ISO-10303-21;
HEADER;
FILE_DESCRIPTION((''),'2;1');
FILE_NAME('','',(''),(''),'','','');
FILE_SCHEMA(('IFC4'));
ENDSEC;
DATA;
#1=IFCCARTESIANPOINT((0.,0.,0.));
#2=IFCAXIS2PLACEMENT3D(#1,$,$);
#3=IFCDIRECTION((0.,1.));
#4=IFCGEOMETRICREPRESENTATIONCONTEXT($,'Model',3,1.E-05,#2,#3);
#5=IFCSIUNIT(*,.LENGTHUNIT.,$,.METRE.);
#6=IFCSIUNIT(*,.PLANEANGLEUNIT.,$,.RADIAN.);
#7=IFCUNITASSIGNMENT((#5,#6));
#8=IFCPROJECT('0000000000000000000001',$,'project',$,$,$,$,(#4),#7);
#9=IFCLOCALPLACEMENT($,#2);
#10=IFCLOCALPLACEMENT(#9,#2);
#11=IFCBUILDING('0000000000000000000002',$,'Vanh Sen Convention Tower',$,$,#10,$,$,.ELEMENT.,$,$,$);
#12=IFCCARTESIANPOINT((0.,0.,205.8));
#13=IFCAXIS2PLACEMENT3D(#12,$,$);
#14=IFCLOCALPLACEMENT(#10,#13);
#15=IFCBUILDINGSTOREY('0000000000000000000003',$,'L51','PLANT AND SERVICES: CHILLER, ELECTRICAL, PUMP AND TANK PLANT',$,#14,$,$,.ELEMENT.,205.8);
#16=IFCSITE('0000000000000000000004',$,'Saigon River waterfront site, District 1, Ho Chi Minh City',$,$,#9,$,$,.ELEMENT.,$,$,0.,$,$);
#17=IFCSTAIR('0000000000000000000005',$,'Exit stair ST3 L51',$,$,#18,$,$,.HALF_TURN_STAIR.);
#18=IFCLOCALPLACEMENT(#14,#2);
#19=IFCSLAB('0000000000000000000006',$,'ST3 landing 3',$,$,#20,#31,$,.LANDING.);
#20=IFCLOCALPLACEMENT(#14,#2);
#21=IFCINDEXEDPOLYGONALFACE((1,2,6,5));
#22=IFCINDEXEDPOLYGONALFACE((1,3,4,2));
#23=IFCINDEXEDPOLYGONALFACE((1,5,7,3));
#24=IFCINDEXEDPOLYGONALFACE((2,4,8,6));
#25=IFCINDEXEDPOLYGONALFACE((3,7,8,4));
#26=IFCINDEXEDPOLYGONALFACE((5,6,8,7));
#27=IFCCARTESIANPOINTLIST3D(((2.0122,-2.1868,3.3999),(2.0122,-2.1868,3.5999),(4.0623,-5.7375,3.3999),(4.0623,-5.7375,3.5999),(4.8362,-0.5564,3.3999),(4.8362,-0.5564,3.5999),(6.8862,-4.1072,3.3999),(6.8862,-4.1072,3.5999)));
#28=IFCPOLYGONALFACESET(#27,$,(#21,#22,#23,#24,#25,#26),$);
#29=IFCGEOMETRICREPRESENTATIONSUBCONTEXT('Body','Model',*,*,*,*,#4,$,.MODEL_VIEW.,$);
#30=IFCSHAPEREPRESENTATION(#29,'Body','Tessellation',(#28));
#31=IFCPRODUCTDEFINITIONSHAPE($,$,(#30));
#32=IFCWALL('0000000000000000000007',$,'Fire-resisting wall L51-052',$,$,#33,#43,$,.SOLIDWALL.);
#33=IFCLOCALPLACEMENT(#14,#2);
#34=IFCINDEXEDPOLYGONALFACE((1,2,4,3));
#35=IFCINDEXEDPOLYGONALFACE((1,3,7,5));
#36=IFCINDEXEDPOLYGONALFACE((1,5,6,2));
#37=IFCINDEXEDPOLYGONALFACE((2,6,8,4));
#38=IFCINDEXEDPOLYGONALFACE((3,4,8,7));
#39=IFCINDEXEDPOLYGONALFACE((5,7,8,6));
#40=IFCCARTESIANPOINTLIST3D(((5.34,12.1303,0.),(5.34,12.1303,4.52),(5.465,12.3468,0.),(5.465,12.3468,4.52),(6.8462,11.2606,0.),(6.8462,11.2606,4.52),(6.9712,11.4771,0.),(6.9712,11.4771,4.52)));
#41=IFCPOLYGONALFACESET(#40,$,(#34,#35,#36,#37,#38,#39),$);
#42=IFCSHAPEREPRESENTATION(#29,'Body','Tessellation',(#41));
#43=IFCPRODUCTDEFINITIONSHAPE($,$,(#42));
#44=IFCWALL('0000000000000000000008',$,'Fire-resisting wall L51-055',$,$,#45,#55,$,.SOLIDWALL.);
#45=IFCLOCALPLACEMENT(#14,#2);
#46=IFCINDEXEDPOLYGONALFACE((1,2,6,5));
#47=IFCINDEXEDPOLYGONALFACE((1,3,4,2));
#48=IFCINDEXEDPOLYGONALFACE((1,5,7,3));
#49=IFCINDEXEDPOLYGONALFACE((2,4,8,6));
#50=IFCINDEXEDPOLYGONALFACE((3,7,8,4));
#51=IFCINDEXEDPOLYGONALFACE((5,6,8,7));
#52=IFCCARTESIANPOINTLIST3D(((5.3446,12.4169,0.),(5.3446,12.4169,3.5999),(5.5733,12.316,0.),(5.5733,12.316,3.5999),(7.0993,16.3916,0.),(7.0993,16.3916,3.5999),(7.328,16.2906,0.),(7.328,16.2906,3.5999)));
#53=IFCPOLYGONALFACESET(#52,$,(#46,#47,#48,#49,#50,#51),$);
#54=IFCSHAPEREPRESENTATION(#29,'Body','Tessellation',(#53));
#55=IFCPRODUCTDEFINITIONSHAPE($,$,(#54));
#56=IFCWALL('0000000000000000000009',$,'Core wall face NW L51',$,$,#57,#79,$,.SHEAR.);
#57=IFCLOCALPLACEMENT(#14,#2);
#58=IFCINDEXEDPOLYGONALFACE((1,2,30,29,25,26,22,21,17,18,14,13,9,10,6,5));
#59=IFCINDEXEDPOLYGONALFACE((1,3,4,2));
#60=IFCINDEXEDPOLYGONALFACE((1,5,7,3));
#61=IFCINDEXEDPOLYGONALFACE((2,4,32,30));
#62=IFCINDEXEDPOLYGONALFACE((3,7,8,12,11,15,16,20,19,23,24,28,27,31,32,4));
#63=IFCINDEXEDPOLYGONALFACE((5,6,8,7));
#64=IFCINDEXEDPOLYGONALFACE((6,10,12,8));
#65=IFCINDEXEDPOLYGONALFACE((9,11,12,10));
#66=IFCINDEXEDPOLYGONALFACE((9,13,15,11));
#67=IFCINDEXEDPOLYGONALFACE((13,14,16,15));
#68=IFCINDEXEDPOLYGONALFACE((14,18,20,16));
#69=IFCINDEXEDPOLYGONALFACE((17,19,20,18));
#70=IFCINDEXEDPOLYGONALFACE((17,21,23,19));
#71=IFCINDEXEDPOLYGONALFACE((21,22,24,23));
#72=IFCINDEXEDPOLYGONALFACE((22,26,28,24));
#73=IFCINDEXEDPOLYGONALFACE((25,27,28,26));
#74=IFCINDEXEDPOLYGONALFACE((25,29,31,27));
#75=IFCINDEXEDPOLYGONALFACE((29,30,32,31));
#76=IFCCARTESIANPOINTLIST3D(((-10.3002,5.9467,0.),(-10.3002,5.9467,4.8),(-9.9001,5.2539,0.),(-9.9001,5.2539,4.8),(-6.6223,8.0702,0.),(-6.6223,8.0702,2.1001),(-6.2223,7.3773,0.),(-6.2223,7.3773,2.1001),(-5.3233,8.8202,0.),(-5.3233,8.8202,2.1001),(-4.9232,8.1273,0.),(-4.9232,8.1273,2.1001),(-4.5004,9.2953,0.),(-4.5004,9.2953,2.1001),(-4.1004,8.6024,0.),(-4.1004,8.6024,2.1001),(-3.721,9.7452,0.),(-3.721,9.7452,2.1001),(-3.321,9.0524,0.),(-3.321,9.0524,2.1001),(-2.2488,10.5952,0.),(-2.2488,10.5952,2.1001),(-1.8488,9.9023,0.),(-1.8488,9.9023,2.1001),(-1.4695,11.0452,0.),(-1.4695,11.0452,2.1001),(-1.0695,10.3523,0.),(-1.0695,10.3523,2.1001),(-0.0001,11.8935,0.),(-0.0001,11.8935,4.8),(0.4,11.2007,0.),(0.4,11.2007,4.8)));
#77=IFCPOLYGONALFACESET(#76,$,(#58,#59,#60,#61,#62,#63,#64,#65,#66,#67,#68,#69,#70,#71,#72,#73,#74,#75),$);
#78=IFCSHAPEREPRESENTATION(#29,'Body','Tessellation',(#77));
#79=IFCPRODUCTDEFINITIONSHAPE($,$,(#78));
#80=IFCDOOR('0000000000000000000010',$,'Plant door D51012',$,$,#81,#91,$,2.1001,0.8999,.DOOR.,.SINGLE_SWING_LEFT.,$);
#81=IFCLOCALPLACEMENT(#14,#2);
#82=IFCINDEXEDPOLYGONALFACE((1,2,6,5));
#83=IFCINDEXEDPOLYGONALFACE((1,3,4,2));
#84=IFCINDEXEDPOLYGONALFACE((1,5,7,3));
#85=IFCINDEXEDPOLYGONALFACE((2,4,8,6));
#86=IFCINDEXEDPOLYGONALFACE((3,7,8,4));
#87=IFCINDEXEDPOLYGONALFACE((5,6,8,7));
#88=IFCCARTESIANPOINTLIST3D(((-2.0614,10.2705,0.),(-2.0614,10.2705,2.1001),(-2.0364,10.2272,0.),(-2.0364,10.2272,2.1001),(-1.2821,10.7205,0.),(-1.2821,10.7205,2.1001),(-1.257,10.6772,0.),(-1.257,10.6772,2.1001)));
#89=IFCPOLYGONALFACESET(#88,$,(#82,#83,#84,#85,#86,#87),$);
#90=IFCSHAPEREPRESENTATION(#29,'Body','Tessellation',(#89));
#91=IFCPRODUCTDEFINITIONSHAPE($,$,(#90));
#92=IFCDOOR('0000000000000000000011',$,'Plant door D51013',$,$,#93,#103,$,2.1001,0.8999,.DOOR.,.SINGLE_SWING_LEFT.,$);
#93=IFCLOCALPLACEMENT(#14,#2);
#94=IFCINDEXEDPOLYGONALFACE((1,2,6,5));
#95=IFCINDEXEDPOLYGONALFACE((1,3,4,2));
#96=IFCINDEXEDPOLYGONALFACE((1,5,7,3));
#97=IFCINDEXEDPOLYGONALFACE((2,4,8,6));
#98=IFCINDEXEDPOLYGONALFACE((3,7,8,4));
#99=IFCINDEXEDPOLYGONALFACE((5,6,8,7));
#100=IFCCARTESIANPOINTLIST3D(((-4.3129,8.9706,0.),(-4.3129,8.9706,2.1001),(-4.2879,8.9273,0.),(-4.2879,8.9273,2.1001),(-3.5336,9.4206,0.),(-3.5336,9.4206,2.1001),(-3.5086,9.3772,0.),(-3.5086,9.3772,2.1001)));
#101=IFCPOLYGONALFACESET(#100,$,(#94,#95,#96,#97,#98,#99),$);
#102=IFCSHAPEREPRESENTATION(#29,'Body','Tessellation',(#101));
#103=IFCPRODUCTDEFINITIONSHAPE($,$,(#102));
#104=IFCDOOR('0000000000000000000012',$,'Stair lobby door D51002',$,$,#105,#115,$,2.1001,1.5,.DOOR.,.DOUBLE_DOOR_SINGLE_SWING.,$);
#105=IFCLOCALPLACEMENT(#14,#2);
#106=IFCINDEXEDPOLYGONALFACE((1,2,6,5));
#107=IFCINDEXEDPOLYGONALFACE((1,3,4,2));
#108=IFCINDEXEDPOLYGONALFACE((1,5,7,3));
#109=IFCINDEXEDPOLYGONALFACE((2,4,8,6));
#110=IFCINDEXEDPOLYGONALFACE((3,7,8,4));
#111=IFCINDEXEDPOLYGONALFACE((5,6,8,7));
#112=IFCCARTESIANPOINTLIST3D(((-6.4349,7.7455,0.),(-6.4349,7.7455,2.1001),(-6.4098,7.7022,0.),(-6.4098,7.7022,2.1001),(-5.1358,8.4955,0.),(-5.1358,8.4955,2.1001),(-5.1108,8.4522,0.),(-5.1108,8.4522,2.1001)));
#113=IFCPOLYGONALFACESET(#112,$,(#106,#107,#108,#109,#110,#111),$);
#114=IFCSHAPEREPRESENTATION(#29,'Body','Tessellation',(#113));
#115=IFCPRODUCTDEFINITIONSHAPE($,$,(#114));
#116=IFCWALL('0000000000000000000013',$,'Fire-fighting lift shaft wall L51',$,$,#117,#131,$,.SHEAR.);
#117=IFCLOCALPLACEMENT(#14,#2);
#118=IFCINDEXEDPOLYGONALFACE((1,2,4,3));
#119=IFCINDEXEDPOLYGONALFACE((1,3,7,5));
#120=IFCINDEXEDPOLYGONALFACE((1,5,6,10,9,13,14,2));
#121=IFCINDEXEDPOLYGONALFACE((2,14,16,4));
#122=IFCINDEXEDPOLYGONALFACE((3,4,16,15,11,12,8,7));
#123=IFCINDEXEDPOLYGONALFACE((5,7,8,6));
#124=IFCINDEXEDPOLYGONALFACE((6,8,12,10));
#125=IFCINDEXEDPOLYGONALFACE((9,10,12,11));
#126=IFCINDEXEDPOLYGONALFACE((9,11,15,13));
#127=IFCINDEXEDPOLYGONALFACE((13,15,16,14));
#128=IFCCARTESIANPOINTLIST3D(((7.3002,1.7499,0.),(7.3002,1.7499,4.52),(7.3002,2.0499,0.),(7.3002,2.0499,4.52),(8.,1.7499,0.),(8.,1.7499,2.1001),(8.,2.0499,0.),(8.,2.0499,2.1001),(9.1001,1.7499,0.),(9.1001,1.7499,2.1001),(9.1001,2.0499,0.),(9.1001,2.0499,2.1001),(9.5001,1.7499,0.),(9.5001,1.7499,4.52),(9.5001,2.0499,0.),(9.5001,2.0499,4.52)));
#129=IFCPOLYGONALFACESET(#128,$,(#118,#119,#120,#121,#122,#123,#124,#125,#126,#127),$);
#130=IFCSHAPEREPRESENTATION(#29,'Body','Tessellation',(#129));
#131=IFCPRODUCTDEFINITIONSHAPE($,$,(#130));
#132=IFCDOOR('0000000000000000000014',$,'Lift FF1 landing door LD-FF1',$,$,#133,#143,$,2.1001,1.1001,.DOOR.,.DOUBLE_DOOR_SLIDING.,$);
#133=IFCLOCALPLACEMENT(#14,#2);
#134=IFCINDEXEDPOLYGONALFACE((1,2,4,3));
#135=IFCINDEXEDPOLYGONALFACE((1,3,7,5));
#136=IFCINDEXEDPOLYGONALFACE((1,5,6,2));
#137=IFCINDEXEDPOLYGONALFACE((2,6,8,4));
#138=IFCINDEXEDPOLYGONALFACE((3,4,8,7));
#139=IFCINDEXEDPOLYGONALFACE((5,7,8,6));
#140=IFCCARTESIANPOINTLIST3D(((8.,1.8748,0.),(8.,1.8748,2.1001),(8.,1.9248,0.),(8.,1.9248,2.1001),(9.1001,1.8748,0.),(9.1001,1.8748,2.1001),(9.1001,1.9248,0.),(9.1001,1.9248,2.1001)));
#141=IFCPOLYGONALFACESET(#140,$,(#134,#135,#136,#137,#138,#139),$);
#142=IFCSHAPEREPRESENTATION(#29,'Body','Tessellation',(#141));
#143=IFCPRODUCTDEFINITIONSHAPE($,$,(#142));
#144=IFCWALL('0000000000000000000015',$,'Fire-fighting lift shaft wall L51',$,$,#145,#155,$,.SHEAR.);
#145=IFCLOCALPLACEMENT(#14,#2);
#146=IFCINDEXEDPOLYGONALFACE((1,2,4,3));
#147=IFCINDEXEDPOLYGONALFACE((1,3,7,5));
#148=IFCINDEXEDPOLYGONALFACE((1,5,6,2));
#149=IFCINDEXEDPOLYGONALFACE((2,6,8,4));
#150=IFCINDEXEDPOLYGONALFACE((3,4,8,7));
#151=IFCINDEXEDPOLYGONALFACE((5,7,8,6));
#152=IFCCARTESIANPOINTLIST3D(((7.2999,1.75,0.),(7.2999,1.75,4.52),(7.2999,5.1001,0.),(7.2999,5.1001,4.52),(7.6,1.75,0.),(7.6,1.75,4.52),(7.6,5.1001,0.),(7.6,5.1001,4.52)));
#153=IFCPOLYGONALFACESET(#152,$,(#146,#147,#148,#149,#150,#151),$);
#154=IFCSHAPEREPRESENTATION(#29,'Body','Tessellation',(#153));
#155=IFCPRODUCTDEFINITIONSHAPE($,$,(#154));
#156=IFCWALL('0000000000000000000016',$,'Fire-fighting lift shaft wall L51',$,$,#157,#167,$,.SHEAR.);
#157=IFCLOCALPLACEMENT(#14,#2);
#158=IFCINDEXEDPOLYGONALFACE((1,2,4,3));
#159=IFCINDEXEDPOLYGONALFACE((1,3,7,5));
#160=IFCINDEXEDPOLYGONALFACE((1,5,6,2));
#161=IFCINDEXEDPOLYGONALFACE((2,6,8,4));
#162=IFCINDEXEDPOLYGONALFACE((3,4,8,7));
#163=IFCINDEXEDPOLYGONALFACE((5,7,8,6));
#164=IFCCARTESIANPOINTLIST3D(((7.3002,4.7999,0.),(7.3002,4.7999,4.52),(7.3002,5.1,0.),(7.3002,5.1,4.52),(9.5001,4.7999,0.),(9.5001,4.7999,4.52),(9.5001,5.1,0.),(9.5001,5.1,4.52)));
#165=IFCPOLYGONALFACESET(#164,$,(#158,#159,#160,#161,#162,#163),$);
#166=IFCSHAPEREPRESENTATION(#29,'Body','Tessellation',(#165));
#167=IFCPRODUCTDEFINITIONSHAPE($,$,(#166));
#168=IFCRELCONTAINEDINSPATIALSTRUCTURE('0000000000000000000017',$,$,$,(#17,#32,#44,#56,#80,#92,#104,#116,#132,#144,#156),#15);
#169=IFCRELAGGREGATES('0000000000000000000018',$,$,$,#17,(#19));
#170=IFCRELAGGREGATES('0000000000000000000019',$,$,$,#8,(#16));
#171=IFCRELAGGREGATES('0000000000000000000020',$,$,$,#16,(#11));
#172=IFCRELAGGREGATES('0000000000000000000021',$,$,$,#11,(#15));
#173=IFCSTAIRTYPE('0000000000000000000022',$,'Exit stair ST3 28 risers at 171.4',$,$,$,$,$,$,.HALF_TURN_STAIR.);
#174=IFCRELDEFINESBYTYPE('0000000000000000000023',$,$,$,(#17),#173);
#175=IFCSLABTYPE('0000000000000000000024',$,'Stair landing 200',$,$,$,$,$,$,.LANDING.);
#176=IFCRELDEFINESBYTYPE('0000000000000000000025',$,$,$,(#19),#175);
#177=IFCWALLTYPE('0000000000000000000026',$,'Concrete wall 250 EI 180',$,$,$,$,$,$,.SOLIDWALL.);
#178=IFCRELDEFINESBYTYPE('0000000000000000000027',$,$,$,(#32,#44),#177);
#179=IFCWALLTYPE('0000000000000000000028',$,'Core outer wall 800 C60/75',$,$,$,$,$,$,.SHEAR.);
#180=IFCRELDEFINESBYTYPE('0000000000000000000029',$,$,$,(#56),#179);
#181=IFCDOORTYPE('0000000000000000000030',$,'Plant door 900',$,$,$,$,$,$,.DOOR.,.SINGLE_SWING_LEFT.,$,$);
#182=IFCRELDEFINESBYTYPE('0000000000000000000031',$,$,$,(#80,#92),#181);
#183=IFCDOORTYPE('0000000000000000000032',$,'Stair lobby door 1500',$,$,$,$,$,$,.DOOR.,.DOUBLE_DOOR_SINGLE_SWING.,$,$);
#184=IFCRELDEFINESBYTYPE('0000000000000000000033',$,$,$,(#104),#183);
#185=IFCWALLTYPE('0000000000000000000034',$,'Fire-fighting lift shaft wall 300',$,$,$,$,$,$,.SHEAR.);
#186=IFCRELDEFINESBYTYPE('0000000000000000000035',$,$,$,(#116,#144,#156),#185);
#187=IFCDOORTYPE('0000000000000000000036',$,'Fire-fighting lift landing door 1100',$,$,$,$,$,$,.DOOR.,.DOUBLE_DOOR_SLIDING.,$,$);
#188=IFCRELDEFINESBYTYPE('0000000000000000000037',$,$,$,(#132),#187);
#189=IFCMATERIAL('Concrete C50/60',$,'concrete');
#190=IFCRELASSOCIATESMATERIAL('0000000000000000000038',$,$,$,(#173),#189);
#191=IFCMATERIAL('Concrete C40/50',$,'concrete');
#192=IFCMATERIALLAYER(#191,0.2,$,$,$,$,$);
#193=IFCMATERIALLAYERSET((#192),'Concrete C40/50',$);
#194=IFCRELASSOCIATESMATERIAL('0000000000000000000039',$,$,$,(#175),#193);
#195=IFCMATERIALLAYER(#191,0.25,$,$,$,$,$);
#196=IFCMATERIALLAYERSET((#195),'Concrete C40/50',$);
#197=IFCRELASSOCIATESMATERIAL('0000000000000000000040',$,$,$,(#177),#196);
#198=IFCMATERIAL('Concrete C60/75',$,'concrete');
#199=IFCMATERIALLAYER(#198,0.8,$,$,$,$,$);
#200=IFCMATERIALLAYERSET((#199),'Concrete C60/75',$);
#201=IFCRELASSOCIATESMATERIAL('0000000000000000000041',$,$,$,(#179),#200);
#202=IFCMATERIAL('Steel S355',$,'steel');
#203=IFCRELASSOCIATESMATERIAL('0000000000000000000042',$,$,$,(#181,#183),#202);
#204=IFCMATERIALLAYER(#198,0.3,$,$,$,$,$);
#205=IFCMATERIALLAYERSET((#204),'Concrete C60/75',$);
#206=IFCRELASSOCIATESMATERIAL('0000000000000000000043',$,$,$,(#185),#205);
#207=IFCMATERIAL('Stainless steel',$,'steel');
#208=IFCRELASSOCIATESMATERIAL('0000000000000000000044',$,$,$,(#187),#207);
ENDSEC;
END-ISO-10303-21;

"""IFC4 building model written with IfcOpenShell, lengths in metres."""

from ifc_helpers import new_model, si_unit, direction, frame, frame_2d, origin, place, context, subcontext, project, spatial, polyline, rectangle, outline, extrude, material, layer, layer_set, type_object, element, fill, aggregate, save


model = new_model("IFC4")

# Units and contexts
model_context = context("Model", 3, precision=1e-05, world=origin(), true_north=direction((0.0, 1.0)))
body_context = subcontext(model_context, "Body", "Model", "MODEL_VIEW")
ifc_project = project(units=[si_unit("LENGTHUNIT", "METRE"), si_unit("PLANEANGLEUNIT", "RADIAN")], contexts=[model_context])

# Site, building, storey
site_placement = place(None, origin())
site = spatial("IfcSite", under=ifc_project, at=site_placement, Name="Saigon River waterfront site, District 1, Ho Chi Minh City", CompositionType="ELEMENT", RefElevation=0.0)
building_placement = place(site_placement, origin())
building = spatial("IfcBuilding", under=site, at=building_placement, Name="Vanh Sen Convention Tower", CompositionType="ELEMENT")
storey_placement = place(building_placement, frame((0.0, 0.0, 205.8)))
storey = spatial("IfcBuildingStorey", under=building, at=storey_placement, Name="L51", Description="PLANT AND SERVICES: CHILLER, ELECTRICAL, PUMP AND TANK PLANT", CompositionType="ELEMENT", Elevation=205.8)

# Stair, slab
ifc_material_1 = material(Name="Concrete C50/60", Category="concrete")
stair_type = type_object("IfcStairType", Name="Exit stair ST3 28 risers at 171.4", PredefinedType="HALF_TURN_STAIR", material=ifc_material_1)
stair_placement = place(storey_placement, origin())
stair = element("IfcStair", 1, at=stair_placement, inside=storey, type_object=stair_type, Name="Exit stair ST3 L51", PredefinedType="HALF_TURN_STAIR")
ifc_material_2 = material(Name="Concrete C40/50", Category="concrete")
ifc_layer_1 = layer(ifc_material_2, 0.2)
ifc_layer_set_1 = layer_set([ifc_layer_1], Name="Concrete C40/50")
slab_type = type_object("IfcSlabType", Name="Stair landing 200", PredefinedType="LANDING", material=ifc_layer_set_1)
slab_placement = place(storey_placement, frame((0.0, 0.0, 3.3999)))
slab = element("IfcSlab", 2, at=slab_placement, type_object=slab_type, Name="ST3 landing 3", PredefinedType="LANDING", context=body_context, shape_type="SweptSolid", body=[
    extrude(outline(polyline([(4.0623, -5.7375), (6.8862, -4.1072), (4.8362, -0.5564), (2.0122, -2.1868), (4.0623, -5.7375)])), origin(), (0.0, 0.0, 1.0), 0.2),
])
aggregate(stair, [slab])

# Walls
ifc_layer_2 = layer(ifc_material_2, 0.25)
ifc_layer_set_2 = layer_set([ifc_layer_2], Name="Concrete C40/50")
wall_type_1 = type_object("IfcWallType", Name="Concrete wall 250 EI 180", PredefinedType="SOLIDWALL", material=ifc_layer_set_2)
wall_1_placement = place(storey_placement, frame((6.9087, 11.3689, 0.0), z_axis=(0.0, 0.0, 1.0), x_axis=(-0.866006, 0.500034, 0.0)))
element("IfcWall", 3, at=wall_1_placement, inside=storey, type_object=wall_type_1, Name="Fire-resisting wall L51-052", PredefinedType="SOLIDWALL", context=body_context, shape_type="SweptSolid", body=[
    extrude(rectangle(XDim=1.7393, YDim=0.25, at=frame_2d((0.8696, 0.0))), origin(), (0.0, 0.0, 1.0), 4.52),
])
wall_2_placement = place(storey_placement, frame((5.459, 12.3665, 0.0), z_axis=(0.0, 0.0, 1.0), x_axis=(0.403859, 0.914821, 0.0)))
element("IfcWall", 4, at=wall_2_placement, inside=storey, type_object=wall_type_1, Name="Fire-resisting wall L51-055", PredefinedType="SOLIDWALL", context=body_context, shape_type="SweptSolid", body=[
    extrude(rectangle(XDim=4.3447, YDim=0.25, at=frame_2d((2.1724, 0.0))), origin(), (0.0, 0.0, 1.0), 3.5999),
])

# Wall, openings, doors
ifc_material_3 = material(Name="Concrete C60/75", Category="concrete")
ifc_layer_3 = layer(ifc_material_3, 0.8)
ifc_layer_set_3 = layer_set([ifc_layer_3], Name="Concrete C60/75")
wall_type_2 = type_object("IfcWallType", Name="Core outer wall 800 C60/75", PredefinedType="SHEAR", material=ifc_layer_set_3)
wall_3_placement = place(storey_placement, frame((0.2, 11.5471, 0.0), z_axis=(0.0, 0.0, 1.0), x_axis=(-0.866024, -0.500003, 0.0)))
wall_3 = element("IfcWall", 5, at=wall_3_placement, inside=storey, type_object=wall_type_2, Name="Core wall face NW L51", PredefinedType="SHEAR", context=body_context, shape_type="SweptSolid", body=[
    extrude(rectangle(XDim=11.8936, YDim=0.8, at=frame_2d((5.9468, 0.0))), origin(), (0.0, 0.0, 1.0), 4.8),
])
opening_1_placement = place(wall_3_placement, frame((6.1467, 0.0, 0.0)))
opening_1 = element("IfcOpeningElement", 6, at=opening_1_placement, cuts=wall_3, PredefinedType="OPENING", context=body_context, shape_type="SweptSolid", body=[
    extrude(rectangle(XDim=1.5, YDim=2.1001, at=frame_2d((0.75, 1.05))), frame((0.0, 0.4099, 0.0), z_axis=(0.0, -1.0, 0.0), x_axis=(1.0, 0.0, 0.0)), (0.0, 0.0, 1.0), 0.8201),
])
opening_2_placement = place(wall_3_placement, frame((1.6968, 0.0, 0.0)))
opening_2 = element("IfcOpeningElement", 7, at=opening_2_placement, cuts=wall_3, PredefinedType="OPENING", context=body_context, shape_type="SweptSolid", body=[
    extrude(rectangle(XDim=0.8999, YDim=2.1001, at=frame_2d((0.45, 1.05))), frame((0.0, 0.4099, 0.0), z_axis=(0.0, -1.0, 0.0), x_axis=(1.0, 0.0, 0.0)), (0.0, 0.0, 1.0), 0.8201),
])
opening_3_placement = place(wall_3_placement, frame((4.2966, 0.0, 0.0)))
opening_3 = element("IfcOpeningElement", 8, at=opening_3_placement, cuts=wall_3, PredefinedType="OPENING", context=body_context, shape_type="SweptSolid", body=[
    extrude(rectangle(XDim=0.8999, YDim=2.1001, at=frame_2d((0.45, 1.05))), frame((0.0, 0.4099, 0.0), z_axis=(0.0, -1.0, 0.0), x_axis=(1.0, 0.0, 0.0)), (0.0, 0.0, 1.0), 0.8201),
])
ifc_material_4 = material(Name="Steel S355", Category="steel")
door_type_1 = type_object("IfcDoorType", Name="Plant door 900", OperationType="SINGLE_SWING_LEFT", PredefinedType="DOOR", material=ifc_material_4)
door_1_placement = place(opening_2_placement, origin())
door_1 = element("IfcDoor", 9, at=door_1_placement, inside=storey, type_object=door_type_1, Name="Plant door D51012", OperationType="SINGLE_SWING_LEFT", OverallHeight=2.1001, OverallWidth=0.8999, PredefinedType="DOOR", context=body_context, shape_type="SweptSolid", body=[
    extrude(rectangle(XDim=0.8999, YDim=2.1001, at=frame_2d((0.45, 1.05))), frame((0.0, 0.0249, 0.0), z_axis=(0.0, -1.0, 0.0), x_axis=(1.0, 0.0, 0.0)), (0.0, 0.0, 1.0), 0.05),
])
fill(opening_2, door_1)
door_2_placement = place(opening_3_placement, origin())
door_2 = element("IfcDoor", 10, at=door_2_placement, inside=storey, type_object=door_type_1, Name="Plant door D51013", OperationType="SINGLE_SWING_LEFT", OverallHeight=2.1001, OverallWidth=0.8999, PredefinedType="DOOR", context=body_context, shape_type="SweptSolid", body=[
    extrude(rectangle(XDim=0.8999, YDim=2.1001, at=frame_2d((0.45, 1.05))), frame((0.0, 0.0249, 0.0), z_axis=(0.0, -1.0, 0.0), x_axis=(1.0, 0.0, 0.0)), (0.0, 0.0, 1.0), 0.05),
])
fill(opening_3, door_2)
door_type_2 = type_object("IfcDoorType", Name="Stair lobby door 1500", OperationType="DOUBLE_DOOR_SINGLE_SWING", PredefinedType="DOOR", material=ifc_material_4)
door_3_placement = place(opening_1_placement, origin())
door_3 = element("IfcDoor", 11, at=door_3_placement, inside=storey, type_object=door_type_2, Name="Stair lobby door D51002", OperationType="DOUBLE_DOOR_SINGLE_SWING", OverallHeight=2.1001, OverallWidth=1.5, PredefinedType="DOOR", context=body_context, shape_type="SweptSolid", body=[
    extrude(rectangle(XDim=1.5, YDim=2.1001, at=frame_2d((0.75, 1.05))), frame((0.0, 0.0249, 0.0), z_axis=(0.0, -1.0, 0.0), x_axis=(1.0, 0.0, 0.0)), (0.0, 0.0, 1.0), 0.05),
])
fill(opening_1, door_3)

# Wall, opening, door
ifc_layer_4 = layer(ifc_material_3, 0.3)
ifc_layer_set_4 = layer_set([ifc_layer_4], Name="Concrete C60/75")
wall_type_3 = type_object("IfcWallType", Name="Fire-fighting lift shaft wall 300", PredefinedType="SHEAR", material=ifc_layer_set_4)
wall_4_placement = place(storey_placement, frame((7.3, 1.8999, 0.0), z_axis=(0.0, 0.0, 1.0), x_axis=(1.0, 0.0, 0.0)))
wall_4 = element("IfcWall", 12, at=wall_4_placement, inside=storey, type_object=wall_type_3, Name="Fire-fighting lift shaft wall L51", PredefinedType="SHEAR", context=body_context, shape_type="SweptSolid", body=[
    extrude(rectangle(XDim=2.2, YDim=0.3, at=frame_2d((1.1001, 0.0))), origin(), (0.0, 0.0, 1.0), 4.52),
])
opening_4_placement = place(wall_4_placement, frame((0.7, 0.0, 0.0)))
opening_4 = element("IfcOpeningElement", 13, at=opening_4_placement, cuts=wall_4, PredefinedType="OPENING", context=body_context, shape_type="SweptSolid", body=[
    extrude(rectangle(XDim=1.1001, YDim=2.1001, at=frame_2d((0.55, 1.05))), frame((0.0, 0.1599, 0.0), z_axis=(0.0, -1.0, 0.0), x_axis=(1.0, 0.0, 0.0)), (0.0, 0.0, 1.0), 0.3201),
])
ifc_material_5 = material(Name="Stainless steel", Category="steel")
door_type_3 = type_object("IfcDoorType", Name="Fire-fighting lift landing door 1100", OperationType="DOUBLE_DOOR_SLIDING", PredefinedType="DOOR", material=ifc_material_5)
door_4_placement = place(opening_4_placement, origin())
door_4 = element("IfcDoor", 14, at=door_4_placement, inside=storey, type_object=door_type_3, Name="Lift FF1 landing door LD-FF1", OperationType="DOUBLE_DOOR_SLIDING", OverallHeight=2.1001, OverallWidth=1.1001, PredefinedType="DOOR", context=body_context, shape_type="SweptSolid", body=[
    extrude(rectangle(XDim=1.1001, YDim=2.1001, at=frame_2d((0.55, 1.05))), frame((0.0, 0.0249, 0.0), z_axis=(0.0, -1.0, 0.0), x_axis=(1.0, 0.0, 0.0)), (0.0, 0.0, 1.0), 0.05),
])
fill(opening_4, door_4)

# Walls
wall_5_placement = place(storey_placement, frame((7.45, 1.75, 0.0), z_axis=(0.0, 0.0, 1.0), x_axis=(0.0, 1.0, 0.0)))
element("IfcWall", 15, at=wall_5_placement, inside=storey, type_object=wall_type_3, Name="Fire-fighting lift shaft wall L51", PredefinedType="SHEAR", context=body_context, shape_type="SweptSolid", body=[
    extrude(rectangle(XDim=3.3501, YDim=0.3, at=frame_2d((1.675, 0.0))), origin(), (0.0, 0.0, 1.0), 4.52),
])
wall_6_placement = place(storey_placement, frame((7.3, 4.95, 0.0), z_axis=(0.0, 0.0, 1.0), x_axis=(1.0, 0.0, 0.0)))
element("IfcWall", 16, at=wall_6_placement, inside=storey, type_object=wall_type_3, Name="Fire-fighting lift shaft wall L51", PredefinedType="SHEAR", context=body_context, shape_type="SweptSolid", body=[
    extrude(rectangle(XDim=2.2, YDim=0.3, at=frame_2d((1.1001, 0.0))), origin(), (0.0, 0.0, 1.0), 4.52),
])

save(model, "model.ifc")
